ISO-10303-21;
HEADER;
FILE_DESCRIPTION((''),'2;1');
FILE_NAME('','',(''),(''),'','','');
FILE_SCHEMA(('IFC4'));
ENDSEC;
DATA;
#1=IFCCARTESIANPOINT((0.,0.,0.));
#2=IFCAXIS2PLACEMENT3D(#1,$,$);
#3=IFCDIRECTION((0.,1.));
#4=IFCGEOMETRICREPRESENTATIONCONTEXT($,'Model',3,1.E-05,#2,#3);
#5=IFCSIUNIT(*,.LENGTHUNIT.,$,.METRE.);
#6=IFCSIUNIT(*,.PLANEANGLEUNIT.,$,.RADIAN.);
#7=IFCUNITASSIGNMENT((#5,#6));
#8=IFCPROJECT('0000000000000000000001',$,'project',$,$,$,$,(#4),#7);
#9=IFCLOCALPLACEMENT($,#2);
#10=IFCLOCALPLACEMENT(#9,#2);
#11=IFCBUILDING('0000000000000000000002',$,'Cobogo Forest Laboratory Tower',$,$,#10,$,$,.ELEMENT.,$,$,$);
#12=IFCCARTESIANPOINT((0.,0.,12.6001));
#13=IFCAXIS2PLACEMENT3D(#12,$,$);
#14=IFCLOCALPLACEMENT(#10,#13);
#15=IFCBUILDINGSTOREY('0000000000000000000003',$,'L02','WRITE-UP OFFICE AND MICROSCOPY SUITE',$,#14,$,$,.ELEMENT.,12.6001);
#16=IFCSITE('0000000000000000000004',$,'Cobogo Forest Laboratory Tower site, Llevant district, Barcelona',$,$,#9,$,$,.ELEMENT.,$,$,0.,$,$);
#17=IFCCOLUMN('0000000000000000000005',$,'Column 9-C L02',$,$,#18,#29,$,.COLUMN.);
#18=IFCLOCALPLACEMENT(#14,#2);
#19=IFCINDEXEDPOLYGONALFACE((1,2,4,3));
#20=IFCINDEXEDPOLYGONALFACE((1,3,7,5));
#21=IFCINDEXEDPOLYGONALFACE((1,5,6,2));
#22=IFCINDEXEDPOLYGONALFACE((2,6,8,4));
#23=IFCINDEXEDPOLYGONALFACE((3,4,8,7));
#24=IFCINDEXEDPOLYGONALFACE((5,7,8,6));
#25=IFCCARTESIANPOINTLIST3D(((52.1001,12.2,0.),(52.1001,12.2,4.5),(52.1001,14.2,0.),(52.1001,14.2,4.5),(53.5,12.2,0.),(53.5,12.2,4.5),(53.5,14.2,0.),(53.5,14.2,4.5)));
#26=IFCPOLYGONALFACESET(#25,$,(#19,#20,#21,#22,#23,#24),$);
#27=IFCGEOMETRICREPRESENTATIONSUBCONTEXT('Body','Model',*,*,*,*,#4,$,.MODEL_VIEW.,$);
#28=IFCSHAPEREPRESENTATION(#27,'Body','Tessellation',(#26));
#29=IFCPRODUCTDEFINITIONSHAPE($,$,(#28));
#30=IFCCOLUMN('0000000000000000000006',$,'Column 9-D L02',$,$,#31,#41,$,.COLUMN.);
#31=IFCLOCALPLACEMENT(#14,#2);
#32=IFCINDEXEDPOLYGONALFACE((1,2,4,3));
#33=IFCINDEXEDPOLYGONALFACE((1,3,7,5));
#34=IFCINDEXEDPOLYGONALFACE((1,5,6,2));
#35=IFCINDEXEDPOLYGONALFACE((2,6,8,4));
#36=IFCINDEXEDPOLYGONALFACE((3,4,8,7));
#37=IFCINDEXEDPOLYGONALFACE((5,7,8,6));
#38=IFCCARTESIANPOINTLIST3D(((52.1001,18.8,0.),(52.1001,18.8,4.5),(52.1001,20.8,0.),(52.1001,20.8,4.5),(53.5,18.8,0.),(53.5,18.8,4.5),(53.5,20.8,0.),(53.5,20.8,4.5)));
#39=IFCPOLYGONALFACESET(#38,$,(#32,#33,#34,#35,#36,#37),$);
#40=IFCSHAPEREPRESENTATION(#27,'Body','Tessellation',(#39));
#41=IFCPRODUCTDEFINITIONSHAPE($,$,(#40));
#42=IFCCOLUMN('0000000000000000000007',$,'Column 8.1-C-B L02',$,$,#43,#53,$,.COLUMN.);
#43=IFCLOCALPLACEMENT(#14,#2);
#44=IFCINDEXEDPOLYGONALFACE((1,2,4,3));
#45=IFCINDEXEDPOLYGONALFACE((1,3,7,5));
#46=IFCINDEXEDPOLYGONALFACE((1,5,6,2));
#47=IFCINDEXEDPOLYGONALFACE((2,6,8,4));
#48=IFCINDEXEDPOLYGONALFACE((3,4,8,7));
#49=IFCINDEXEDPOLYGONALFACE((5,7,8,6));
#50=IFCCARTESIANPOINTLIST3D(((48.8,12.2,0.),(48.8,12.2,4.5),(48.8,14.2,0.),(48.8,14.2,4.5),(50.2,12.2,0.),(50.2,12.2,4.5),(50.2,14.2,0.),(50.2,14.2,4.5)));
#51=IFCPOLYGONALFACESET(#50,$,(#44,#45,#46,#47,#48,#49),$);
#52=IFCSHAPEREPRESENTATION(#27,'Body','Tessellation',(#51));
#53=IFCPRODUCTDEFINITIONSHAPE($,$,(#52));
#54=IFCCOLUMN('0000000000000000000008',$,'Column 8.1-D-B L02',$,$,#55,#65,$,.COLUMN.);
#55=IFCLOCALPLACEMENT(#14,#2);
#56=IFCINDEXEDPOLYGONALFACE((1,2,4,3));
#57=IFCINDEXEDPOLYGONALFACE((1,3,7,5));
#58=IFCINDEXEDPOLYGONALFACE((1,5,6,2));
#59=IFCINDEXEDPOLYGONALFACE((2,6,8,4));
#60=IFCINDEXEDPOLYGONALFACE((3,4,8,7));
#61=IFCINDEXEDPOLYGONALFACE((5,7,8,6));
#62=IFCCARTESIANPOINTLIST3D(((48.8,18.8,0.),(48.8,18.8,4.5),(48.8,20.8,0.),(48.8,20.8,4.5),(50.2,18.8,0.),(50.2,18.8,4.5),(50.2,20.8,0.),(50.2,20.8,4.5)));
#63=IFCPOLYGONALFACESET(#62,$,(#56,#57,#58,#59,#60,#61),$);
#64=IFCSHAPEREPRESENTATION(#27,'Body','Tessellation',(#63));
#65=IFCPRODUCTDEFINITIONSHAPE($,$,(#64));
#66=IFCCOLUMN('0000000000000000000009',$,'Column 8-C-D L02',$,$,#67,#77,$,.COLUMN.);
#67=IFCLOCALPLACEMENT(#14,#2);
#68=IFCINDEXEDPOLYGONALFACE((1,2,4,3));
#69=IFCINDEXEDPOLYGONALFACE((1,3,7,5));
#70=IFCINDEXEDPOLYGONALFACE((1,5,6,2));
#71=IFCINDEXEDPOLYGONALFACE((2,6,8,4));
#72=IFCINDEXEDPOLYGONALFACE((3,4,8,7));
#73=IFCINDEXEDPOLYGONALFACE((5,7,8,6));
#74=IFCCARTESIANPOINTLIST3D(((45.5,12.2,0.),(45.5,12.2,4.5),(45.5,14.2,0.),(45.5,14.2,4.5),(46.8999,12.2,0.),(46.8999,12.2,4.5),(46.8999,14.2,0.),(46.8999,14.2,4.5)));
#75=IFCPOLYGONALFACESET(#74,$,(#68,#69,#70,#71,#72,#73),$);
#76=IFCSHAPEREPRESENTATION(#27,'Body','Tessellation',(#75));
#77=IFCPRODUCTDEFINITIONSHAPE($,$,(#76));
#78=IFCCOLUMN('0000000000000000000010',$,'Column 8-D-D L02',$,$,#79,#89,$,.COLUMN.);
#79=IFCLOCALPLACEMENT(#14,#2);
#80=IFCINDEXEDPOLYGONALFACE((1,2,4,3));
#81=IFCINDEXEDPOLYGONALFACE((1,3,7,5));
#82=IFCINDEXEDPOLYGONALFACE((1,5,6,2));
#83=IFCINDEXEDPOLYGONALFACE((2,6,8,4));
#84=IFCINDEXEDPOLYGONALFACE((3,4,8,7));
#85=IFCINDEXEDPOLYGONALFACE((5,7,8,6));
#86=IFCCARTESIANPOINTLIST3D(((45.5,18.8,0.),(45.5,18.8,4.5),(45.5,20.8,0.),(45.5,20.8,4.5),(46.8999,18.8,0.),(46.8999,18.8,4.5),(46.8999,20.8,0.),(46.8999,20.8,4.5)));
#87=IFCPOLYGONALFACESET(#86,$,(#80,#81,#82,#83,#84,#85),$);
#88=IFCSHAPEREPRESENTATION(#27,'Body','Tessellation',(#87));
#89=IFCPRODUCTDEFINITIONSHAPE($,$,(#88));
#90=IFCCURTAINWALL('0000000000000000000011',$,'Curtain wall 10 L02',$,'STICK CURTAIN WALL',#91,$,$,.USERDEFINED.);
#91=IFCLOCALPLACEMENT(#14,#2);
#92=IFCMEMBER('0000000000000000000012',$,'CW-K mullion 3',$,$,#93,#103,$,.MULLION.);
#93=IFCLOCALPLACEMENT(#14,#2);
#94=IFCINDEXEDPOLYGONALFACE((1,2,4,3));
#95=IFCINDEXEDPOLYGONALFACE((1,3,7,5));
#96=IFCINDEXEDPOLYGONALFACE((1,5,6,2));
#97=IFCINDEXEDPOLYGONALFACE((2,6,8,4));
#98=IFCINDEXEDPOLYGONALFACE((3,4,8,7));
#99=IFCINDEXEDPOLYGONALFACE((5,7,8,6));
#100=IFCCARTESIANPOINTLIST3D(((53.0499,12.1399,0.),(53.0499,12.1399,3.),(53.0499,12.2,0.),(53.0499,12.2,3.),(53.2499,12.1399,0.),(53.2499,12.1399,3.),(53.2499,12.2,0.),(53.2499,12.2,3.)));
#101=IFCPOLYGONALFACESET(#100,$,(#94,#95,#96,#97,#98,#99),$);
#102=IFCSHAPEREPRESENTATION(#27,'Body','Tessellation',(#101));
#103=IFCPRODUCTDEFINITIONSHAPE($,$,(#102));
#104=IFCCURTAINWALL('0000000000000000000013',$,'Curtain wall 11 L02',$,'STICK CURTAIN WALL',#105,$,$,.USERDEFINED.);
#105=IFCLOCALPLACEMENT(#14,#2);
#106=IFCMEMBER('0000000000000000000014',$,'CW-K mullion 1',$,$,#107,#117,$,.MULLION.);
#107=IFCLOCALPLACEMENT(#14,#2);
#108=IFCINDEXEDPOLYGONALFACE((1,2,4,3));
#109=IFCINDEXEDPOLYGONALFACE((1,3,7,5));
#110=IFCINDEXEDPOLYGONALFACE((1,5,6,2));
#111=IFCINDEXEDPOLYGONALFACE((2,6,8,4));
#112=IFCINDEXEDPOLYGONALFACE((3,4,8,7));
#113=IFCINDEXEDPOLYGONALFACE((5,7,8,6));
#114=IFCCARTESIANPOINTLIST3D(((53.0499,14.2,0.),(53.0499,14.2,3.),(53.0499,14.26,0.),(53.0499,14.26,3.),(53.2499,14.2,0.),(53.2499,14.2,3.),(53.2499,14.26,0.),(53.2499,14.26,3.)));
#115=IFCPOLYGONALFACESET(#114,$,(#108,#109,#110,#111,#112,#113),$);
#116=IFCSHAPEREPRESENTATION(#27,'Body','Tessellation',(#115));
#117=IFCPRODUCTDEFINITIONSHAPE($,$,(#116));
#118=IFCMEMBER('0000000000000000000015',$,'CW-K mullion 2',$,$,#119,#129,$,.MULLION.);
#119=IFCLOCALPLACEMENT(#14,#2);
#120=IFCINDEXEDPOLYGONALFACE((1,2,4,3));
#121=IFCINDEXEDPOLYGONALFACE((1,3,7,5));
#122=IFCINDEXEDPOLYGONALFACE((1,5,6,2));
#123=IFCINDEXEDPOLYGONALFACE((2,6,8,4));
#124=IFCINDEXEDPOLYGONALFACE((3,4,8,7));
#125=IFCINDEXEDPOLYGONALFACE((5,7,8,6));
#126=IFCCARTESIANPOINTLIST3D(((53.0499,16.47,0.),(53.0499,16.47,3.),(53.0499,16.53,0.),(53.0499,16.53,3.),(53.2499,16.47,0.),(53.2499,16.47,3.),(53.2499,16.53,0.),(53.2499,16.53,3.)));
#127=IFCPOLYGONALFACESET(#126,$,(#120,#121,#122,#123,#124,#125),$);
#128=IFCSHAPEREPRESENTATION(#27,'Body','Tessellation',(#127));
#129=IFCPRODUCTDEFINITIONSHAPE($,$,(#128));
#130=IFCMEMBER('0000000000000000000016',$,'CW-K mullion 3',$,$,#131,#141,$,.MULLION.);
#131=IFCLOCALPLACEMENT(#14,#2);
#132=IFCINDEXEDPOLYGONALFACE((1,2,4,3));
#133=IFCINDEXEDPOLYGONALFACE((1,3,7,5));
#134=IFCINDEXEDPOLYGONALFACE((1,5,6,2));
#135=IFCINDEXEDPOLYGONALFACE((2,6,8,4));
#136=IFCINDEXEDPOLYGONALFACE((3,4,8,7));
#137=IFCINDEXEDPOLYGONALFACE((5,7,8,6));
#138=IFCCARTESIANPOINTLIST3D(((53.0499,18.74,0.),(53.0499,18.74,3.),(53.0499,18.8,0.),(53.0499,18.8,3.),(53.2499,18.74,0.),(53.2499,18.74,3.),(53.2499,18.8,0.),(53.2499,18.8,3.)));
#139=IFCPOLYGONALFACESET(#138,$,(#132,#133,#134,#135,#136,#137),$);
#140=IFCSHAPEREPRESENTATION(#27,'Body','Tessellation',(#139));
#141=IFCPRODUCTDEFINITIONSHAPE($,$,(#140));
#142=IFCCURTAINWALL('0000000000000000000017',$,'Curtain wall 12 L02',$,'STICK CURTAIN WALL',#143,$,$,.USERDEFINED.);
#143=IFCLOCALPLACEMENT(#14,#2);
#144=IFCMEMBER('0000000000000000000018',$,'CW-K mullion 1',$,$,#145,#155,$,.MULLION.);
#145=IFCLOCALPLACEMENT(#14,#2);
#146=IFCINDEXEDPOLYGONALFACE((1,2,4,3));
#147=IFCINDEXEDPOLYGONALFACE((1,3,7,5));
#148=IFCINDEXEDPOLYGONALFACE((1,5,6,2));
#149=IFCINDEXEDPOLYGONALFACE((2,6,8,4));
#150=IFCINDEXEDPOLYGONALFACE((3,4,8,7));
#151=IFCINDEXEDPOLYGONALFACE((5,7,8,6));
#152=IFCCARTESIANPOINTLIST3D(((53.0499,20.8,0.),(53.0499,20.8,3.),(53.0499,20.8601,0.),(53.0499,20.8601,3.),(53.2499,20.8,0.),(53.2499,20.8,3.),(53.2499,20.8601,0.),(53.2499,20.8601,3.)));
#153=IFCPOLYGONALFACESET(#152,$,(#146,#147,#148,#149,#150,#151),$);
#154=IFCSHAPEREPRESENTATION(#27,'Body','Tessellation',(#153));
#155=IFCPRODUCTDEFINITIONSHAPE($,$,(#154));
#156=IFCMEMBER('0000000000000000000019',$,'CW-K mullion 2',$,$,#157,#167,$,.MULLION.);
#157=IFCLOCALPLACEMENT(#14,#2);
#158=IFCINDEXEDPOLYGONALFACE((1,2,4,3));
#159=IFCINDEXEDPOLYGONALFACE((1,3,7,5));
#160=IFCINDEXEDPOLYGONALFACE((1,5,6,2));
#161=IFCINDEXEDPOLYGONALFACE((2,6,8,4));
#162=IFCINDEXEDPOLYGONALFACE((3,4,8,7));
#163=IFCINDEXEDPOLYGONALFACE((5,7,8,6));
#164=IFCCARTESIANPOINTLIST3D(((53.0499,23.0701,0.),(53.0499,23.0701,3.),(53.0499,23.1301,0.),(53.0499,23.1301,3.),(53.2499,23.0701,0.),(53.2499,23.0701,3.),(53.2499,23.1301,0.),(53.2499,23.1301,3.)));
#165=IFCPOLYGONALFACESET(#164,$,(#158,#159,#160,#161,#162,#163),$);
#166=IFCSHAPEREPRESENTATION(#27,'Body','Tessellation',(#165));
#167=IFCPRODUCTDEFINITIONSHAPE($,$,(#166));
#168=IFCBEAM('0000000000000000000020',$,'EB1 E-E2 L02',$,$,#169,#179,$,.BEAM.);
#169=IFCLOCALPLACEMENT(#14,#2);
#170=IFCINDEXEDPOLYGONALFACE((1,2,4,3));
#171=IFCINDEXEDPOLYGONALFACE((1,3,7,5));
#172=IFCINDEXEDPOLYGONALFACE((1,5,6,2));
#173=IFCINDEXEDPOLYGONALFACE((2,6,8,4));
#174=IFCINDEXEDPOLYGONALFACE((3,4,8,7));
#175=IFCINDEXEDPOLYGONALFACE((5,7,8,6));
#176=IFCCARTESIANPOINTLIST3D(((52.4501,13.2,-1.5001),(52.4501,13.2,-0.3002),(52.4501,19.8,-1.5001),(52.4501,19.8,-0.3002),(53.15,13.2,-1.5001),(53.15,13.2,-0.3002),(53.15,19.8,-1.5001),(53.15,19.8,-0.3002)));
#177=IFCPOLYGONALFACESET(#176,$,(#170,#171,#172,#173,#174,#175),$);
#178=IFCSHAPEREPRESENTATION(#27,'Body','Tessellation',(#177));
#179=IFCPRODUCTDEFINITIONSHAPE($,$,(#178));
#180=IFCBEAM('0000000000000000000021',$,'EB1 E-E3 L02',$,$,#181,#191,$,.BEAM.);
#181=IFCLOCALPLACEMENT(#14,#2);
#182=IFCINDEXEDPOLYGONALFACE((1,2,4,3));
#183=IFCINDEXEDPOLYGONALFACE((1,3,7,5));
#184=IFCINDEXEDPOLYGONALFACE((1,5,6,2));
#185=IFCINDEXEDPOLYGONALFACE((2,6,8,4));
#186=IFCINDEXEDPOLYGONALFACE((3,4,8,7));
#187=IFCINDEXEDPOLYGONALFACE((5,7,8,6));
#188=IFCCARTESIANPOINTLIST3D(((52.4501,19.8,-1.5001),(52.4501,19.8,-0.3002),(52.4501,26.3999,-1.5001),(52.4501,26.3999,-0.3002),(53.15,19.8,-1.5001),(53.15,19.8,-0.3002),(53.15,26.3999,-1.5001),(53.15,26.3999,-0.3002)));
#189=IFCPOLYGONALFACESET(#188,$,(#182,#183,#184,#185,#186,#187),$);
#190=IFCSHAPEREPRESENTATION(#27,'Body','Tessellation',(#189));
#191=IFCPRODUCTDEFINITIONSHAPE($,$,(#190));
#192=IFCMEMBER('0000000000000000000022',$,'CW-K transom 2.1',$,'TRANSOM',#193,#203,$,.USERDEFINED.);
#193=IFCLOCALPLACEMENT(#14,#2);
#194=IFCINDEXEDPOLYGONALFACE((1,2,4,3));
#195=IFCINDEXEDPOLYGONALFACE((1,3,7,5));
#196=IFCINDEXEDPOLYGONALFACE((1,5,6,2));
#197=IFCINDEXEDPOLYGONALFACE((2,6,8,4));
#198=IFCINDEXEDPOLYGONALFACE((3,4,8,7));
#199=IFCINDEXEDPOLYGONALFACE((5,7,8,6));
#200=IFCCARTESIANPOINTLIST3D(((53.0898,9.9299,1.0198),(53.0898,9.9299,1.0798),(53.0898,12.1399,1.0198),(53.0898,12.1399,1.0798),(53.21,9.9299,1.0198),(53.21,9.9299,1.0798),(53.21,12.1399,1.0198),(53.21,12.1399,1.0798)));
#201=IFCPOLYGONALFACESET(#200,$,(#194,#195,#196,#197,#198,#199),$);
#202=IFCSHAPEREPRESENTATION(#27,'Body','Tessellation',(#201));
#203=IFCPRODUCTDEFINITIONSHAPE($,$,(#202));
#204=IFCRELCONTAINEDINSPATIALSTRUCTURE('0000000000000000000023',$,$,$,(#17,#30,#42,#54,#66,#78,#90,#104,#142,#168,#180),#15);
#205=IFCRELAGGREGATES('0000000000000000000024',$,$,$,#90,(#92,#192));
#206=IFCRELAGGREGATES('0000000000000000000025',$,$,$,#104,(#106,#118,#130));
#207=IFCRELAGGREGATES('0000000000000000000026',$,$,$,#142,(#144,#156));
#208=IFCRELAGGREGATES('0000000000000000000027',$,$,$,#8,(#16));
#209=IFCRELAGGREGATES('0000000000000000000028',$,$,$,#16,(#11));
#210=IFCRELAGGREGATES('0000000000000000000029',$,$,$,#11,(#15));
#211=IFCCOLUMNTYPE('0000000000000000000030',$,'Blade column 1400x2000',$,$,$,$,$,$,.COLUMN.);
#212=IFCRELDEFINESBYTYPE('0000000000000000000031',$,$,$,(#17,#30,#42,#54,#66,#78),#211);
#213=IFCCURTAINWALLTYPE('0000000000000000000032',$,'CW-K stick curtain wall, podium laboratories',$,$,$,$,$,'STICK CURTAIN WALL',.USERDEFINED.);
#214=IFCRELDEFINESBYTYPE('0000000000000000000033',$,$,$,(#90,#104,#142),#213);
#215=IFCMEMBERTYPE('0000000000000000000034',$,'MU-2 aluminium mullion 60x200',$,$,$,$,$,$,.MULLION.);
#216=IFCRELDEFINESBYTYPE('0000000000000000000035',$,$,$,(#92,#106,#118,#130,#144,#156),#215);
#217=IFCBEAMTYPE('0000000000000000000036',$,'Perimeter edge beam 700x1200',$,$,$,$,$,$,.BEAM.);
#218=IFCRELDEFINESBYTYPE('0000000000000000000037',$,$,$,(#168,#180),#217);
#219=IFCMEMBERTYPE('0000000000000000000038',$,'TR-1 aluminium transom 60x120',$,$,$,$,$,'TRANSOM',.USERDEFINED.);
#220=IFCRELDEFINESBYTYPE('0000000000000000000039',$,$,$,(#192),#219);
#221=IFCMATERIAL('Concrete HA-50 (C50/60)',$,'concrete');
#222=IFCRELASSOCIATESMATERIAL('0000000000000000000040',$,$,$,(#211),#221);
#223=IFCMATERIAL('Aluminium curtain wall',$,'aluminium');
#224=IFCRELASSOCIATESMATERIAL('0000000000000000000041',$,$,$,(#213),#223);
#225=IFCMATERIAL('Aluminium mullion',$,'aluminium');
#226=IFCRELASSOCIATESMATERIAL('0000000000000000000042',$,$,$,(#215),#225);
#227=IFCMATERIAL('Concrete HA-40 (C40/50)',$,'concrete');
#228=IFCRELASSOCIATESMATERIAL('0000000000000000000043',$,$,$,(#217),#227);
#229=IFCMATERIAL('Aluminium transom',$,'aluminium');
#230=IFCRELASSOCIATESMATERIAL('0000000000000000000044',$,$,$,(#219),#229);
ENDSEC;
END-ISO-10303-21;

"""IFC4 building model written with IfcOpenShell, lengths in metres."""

from ifc_helpers import new_model, si_unit, direction, frame, origin, origin_2d, place, context, subcontext, project, spatial, rectangle, extrude, material, material_profile, profile_set, type_object, element, aggregate, save


model = new_model("IFC4")

# Units and contexts
model_context = context("Model", 3, precision=1e-05, world=origin(), true_north=direction((0.0, 1.0)))
body_context = subcontext(model_context, "Body", "Model", "MODEL_VIEW")
ifc_project = project(units=[si_unit("LENGTHUNIT", "METRE"), si_unit("PLANEANGLEUNIT", "RADIAN")], contexts=[model_context])

# Site, building, storey
site_placement = place(None, origin())
site = spatial("IfcSite", under=ifc_project, at=site_placement, Name="Cobogo Forest Laboratory Tower site, Llevant district, Barcelona", CompositionType="ELEMENT", RefElevation=0.0)
building_placement = place(site_placement, origin())
building = spatial("IfcBuilding", under=site, at=building_placement, Name="Cobogo Forest Laboratory Tower", CompositionType="ELEMENT")
storey_placement = place(building_placement, frame((0.0, 0.0, 12.6001)))
storey = spatial("IfcBuildingStorey", under=building, at=storey_placement, Name="L02", Description="WRITE-UP OFFICE AND MICROSCOPY SUITE", CompositionType="ELEMENT", Elevation=12.6001)

# Columns
ifc_material_1 = material(Name="Concrete HA-50 (C50/60)", Category="concrete")
ifc_material_profile_1 = material_profile(ifc_material_1, rectangle(XDim=2.0, YDim=1.3999, at=origin_2d()), Name="RC 1400x2000")
ifc_profile_set_1 = profile_set([ifc_material_profile_1], Name="Concrete HA-50 (C50/60)")
column_type = type_object("IfcColumnType", Name="Blade column 1400x2000", PredefinedType="COLUMN", material=ifc_profile_set_1)
for number, where, z_axis, x_axis, name in (
    (1, (52.8, 13.2, 0.0), (0.0, 0.0, 1.0), (0.0, 1.0, 0.0), "Column 9-C L02"),
    (2, (52.8, 19.8, 0.0), (0.0, 0.0, 1.0), (0.0, 1.0, 0.0), "Column 9-D L02"),
    (3, (49.5, 13.2, 0.0), (0.0, 0.0, 1.0), (0.0, 1.0, 0.0), "Column 8.1-C-B L02"),
    (4, (49.5, 19.8, 0.0), (0.0, 0.0, 1.0), (0.0, 1.0, 0.0), "Column 8.1-D-B L02"),
    (5, (46.2, 13.2, 0.0), (0.0, 0.0, 1.0), (0.0, 1.0, 0.0), "Column 8-C-D L02"),
    (6, (46.2, 19.8, 0.0), (0.0, 0.0, 1.0), (0.0, 1.0, 0.0), "Column 8-D-D L02"),
):
    element("IfcColumn", number, at=place(storey_placement, frame(where, z_axis=z_axis, x_axis=x_axis)), inside=storey, type_object=column_type, Name=name, PredefinedType="COLUMN", context=body_context, shape_type="SweptSolid", body=[
        extrude(rectangle(XDim=2.0, YDim=1.3999, at=origin_2d()), origin(), (0.0, 0.0, 1.0), 4.5),
    ])

# Curtain wall, member
ifc_material_2 = material(Name="Aluminium curtain wall", Category="aluminium")
curtain_wall_type = type_object("IfcCurtainWallType", Name="CW-K stick curtain wall, podium laboratories", ElementType="STICK CURTAIN WALL", PredefinedType="USERDEFINED", material=ifc_material_2)
curtain_wall_1_placement = place(storey_placement, origin())
curtain_wall_1 = element("IfcCurtainWall", 7, at=curtain_wall_1_placement, inside=storey, type_object=curtain_wall_type, Name="Curtain wall 10 L02", ObjectType="STICK CURTAIN WALL", PredefinedType="USERDEFINED")
ifc_material_3 = material(Name="Aluminium mullion", Category="aluminium")
ifc_material_profile_2 = material_profile(ifc_material_3, rectangle(XDim=0.0601, YDim=0.2, at=origin_2d()), Name="AL 60x200")
ifc_profile_set_2 = profile_set([ifc_material_profile_2], Name="Aluminium mullion")
member_type_1 = type_object("IfcMemberType", Name="MU-2 aluminium mullion 60x200", PredefinedType="MULLION", material=ifc_profile_set_2)
member_1_placement = place(storey_placement, frame((53.1499, 12.1699, 0.0), z_axis=(0.0, 0.0, 1.0), x_axis=(0.0, 1.0, 0.0)))
member_1 = element("IfcMember", 8, at=member_1_placement, type_object=member_type_1, Name="CW-K mullion 3", PredefinedType="MULLION", context=body_context, shape_type="SweptSolid", body=[
    extrude(rectangle(XDim=0.0601, YDim=0.2, at=origin_2d()), origin(), (0.0, 0.0, 1.0), 3.0),
])

# Curtain walls, members
curtain_wall_2_placement = place(storey_placement, origin())
curtain_wall_2 = element("IfcCurtainWall", 9, at=curtain_wall_2_placement, inside=storey, type_object=curtain_wall_type, Name="Curtain wall 11 L02", ObjectType="STICK CURTAIN WALL", PredefinedType="USERDEFINED")
member_2_placement = place(storey_placement, frame((53.1499, 14.23, 0.0), z_axis=(0.0, 0.0, 1.0), x_axis=(0.0, 1.0, 0.0)))
member_2 = element("IfcMember", 10, at=member_2_placement, type_object=member_type_1, Name="CW-K mullion 1", PredefinedType="MULLION", context=body_context, shape_type="SweptSolid", body=[
    extrude(rectangle(XDim=0.0601, YDim=0.2, at=origin_2d()), origin(), (0.0, 0.0, 1.0), 3.0),
])
member_3_placement = place(storey_placement, frame((53.1499, 16.5, 0.0), z_axis=(0.0, 0.0, 1.0), x_axis=(0.0, 1.0, 0.0)))
member_3 = element("IfcMember", 11, at=member_3_placement, type_object=member_type_1, Name="CW-K mullion 2", PredefinedType="MULLION", context=body_context, shape_type="SweptSolid", body=[
    extrude(rectangle(XDim=0.0601, YDim=0.2, at=origin_2d()), origin(), (0.0, 0.0, 1.0), 3.0),
])
member_4_placement = place(storey_placement, frame((53.1499, 18.77, 0.0), z_axis=(0.0, 0.0, 1.0), x_axis=(0.0, 1.0, 0.0)))
member_4 = element("IfcMember", 12, at=member_4_placement, type_object=member_type_1, Name="CW-K mullion 3", PredefinedType="MULLION", context=body_context, shape_type="SweptSolid", body=[
    extrude(rectangle(XDim=0.0601, YDim=0.2, at=origin_2d()), origin(), (0.0, 0.0, 1.0), 3.0),
])
curtain_wall_3_placement = place(storey_placement, origin())
curtain_wall_3 = element("IfcCurtainWall", 13, at=curtain_wall_3_placement, inside=storey, type_object=curtain_wall_type, Name="Curtain wall 12 L02", ObjectType="STICK CURTAIN WALL", PredefinedType="USERDEFINED")
member_5_placement = place(storey_placement, frame((53.1499, 20.8301, 0.0), z_axis=(0.0, 0.0, 1.0), x_axis=(0.0, 1.0, 0.0)))
member_5 = element("IfcMember", 14, at=member_5_placement, type_object=member_type_1, Name="CW-K mullion 1", PredefinedType="MULLION", context=body_context, shape_type="SweptSolid", body=[
    extrude(rectangle(XDim=0.0601, YDim=0.2, at=origin_2d()), origin(), (0.0, 0.0, 1.0), 3.0),
])
member_6_placement = place(storey_placement, frame((53.1499, 23.1001, 0.0), z_axis=(0.0, 0.0, 1.0), x_axis=(0.0, 1.0, 0.0)))
member_6 = element("IfcMember", 15, at=member_6_placement, type_object=member_type_1, Name="CW-K mullion 2", PredefinedType="MULLION", context=body_context, shape_type="SweptSolid", body=[
    extrude(rectangle(XDim=0.0601, YDim=0.2, at=origin_2d()), origin(), (0.0, 0.0, 1.0), 3.0),
])

# Beams
ifc_material_4 = material(Name="Concrete HA-40 (C40/50)", Category="concrete")
ifc_material_profile_3 = material_profile(ifc_material_4, rectangle(XDim=0.7, YDim=1.2, at=origin_2d()), Name="RC 700x1200")
ifc_profile_set_3 = profile_set([ifc_material_profile_3], Name="Concrete HA-40 (C40/50)")
beam_type = type_object("IfcBeamType", Name="Perimeter edge beam 700x1200", PredefinedType="BEAM", material=ifc_profile_set_3)
beam_1_placement = place(storey_placement, frame((52.8, 13.2, -0.9001), z_axis=(0.0, 1.0, 0.0), x_axis=(-1.0, 0.0, 0.0)))
element("IfcBeam", 16, at=beam_1_placement, inside=storey, type_object=beam_type, Name="EB1 E-E2 L02", PredefinedType="BEAM", context=body_context, shape_type="SweptSolid", body=[
    extrude(rectangle(XDim=0.7, YDim=1.2, at=origin_2d()), origin(), (0.0, 0.0, 1.0), 6.6001),
])
beam_2_placement = place(storey_placement, frame((52.8, 19.8, -0.9001), z_axis=(0.0, 1.0, 0.0), x_axis=(-1.0, 0.0, 0.0)))
element("IfcBeam", 17, at=beam_2_placement, inside=storey, type_object=beam_type, Name="EB1 E-E3 L02", PredefinedType="BEAM", context=body_context, shape_type="SweptSolid", body=[
    extrude(rectangle(XDim=0.7, YDim=1.2, at=origin_2d()), origin(), (0.0, 0.0, 1.0), 6.5999),
])

# Member
ifc_material_5 = material(Name="Aluminium transom", Category="aluminium")
ifc_material_profile_4 = material_profile(ifc_material_5, rectangle(XDim=0.1201, YDim=0.0601, at=origin_2d()), Name="AL 60x120")
ifc_profile_set_4 = profile_set([ifc_material_profile_4], Name="Aluminium transom")
member_type_2 = type_object("IfcMemberType", Name="TR-1 aluminium transom 60x120", ElementType="TRANSOM", PredefinedType="USERDEFINED", material=ifc_profile_set_4)
member_7_placement = place(storey_placement, frame((53.1499, 9.9299, 1.0498), z_axis=(0.0, 1.0, 0.0), x_axis=(-1.0, 0.0, 0.0)))
member_7 = element("IfcMember", 18, at=member_7_placement, type_object=member_type_2, Name="CW-K transom 2.1", ObjectType="TRANSOM", PredefinedType="USERDEFINED", context=body_context, shape_type="SweptSolid", body=[
    extrude(rectangle(XDim=0.1201, YDim=0.0601, at=origin_2d()), origin(), (0.0, 0.0, 1.0), 2.21),
])

aggregate(curtain_wall_1, [member_1, member_7])
aggregate(curtain_wall_2, [member_2, member_3, member_4])
aggregate(curtain_wall_3, [member_5, member_6])

save(model, "model.ifc")
